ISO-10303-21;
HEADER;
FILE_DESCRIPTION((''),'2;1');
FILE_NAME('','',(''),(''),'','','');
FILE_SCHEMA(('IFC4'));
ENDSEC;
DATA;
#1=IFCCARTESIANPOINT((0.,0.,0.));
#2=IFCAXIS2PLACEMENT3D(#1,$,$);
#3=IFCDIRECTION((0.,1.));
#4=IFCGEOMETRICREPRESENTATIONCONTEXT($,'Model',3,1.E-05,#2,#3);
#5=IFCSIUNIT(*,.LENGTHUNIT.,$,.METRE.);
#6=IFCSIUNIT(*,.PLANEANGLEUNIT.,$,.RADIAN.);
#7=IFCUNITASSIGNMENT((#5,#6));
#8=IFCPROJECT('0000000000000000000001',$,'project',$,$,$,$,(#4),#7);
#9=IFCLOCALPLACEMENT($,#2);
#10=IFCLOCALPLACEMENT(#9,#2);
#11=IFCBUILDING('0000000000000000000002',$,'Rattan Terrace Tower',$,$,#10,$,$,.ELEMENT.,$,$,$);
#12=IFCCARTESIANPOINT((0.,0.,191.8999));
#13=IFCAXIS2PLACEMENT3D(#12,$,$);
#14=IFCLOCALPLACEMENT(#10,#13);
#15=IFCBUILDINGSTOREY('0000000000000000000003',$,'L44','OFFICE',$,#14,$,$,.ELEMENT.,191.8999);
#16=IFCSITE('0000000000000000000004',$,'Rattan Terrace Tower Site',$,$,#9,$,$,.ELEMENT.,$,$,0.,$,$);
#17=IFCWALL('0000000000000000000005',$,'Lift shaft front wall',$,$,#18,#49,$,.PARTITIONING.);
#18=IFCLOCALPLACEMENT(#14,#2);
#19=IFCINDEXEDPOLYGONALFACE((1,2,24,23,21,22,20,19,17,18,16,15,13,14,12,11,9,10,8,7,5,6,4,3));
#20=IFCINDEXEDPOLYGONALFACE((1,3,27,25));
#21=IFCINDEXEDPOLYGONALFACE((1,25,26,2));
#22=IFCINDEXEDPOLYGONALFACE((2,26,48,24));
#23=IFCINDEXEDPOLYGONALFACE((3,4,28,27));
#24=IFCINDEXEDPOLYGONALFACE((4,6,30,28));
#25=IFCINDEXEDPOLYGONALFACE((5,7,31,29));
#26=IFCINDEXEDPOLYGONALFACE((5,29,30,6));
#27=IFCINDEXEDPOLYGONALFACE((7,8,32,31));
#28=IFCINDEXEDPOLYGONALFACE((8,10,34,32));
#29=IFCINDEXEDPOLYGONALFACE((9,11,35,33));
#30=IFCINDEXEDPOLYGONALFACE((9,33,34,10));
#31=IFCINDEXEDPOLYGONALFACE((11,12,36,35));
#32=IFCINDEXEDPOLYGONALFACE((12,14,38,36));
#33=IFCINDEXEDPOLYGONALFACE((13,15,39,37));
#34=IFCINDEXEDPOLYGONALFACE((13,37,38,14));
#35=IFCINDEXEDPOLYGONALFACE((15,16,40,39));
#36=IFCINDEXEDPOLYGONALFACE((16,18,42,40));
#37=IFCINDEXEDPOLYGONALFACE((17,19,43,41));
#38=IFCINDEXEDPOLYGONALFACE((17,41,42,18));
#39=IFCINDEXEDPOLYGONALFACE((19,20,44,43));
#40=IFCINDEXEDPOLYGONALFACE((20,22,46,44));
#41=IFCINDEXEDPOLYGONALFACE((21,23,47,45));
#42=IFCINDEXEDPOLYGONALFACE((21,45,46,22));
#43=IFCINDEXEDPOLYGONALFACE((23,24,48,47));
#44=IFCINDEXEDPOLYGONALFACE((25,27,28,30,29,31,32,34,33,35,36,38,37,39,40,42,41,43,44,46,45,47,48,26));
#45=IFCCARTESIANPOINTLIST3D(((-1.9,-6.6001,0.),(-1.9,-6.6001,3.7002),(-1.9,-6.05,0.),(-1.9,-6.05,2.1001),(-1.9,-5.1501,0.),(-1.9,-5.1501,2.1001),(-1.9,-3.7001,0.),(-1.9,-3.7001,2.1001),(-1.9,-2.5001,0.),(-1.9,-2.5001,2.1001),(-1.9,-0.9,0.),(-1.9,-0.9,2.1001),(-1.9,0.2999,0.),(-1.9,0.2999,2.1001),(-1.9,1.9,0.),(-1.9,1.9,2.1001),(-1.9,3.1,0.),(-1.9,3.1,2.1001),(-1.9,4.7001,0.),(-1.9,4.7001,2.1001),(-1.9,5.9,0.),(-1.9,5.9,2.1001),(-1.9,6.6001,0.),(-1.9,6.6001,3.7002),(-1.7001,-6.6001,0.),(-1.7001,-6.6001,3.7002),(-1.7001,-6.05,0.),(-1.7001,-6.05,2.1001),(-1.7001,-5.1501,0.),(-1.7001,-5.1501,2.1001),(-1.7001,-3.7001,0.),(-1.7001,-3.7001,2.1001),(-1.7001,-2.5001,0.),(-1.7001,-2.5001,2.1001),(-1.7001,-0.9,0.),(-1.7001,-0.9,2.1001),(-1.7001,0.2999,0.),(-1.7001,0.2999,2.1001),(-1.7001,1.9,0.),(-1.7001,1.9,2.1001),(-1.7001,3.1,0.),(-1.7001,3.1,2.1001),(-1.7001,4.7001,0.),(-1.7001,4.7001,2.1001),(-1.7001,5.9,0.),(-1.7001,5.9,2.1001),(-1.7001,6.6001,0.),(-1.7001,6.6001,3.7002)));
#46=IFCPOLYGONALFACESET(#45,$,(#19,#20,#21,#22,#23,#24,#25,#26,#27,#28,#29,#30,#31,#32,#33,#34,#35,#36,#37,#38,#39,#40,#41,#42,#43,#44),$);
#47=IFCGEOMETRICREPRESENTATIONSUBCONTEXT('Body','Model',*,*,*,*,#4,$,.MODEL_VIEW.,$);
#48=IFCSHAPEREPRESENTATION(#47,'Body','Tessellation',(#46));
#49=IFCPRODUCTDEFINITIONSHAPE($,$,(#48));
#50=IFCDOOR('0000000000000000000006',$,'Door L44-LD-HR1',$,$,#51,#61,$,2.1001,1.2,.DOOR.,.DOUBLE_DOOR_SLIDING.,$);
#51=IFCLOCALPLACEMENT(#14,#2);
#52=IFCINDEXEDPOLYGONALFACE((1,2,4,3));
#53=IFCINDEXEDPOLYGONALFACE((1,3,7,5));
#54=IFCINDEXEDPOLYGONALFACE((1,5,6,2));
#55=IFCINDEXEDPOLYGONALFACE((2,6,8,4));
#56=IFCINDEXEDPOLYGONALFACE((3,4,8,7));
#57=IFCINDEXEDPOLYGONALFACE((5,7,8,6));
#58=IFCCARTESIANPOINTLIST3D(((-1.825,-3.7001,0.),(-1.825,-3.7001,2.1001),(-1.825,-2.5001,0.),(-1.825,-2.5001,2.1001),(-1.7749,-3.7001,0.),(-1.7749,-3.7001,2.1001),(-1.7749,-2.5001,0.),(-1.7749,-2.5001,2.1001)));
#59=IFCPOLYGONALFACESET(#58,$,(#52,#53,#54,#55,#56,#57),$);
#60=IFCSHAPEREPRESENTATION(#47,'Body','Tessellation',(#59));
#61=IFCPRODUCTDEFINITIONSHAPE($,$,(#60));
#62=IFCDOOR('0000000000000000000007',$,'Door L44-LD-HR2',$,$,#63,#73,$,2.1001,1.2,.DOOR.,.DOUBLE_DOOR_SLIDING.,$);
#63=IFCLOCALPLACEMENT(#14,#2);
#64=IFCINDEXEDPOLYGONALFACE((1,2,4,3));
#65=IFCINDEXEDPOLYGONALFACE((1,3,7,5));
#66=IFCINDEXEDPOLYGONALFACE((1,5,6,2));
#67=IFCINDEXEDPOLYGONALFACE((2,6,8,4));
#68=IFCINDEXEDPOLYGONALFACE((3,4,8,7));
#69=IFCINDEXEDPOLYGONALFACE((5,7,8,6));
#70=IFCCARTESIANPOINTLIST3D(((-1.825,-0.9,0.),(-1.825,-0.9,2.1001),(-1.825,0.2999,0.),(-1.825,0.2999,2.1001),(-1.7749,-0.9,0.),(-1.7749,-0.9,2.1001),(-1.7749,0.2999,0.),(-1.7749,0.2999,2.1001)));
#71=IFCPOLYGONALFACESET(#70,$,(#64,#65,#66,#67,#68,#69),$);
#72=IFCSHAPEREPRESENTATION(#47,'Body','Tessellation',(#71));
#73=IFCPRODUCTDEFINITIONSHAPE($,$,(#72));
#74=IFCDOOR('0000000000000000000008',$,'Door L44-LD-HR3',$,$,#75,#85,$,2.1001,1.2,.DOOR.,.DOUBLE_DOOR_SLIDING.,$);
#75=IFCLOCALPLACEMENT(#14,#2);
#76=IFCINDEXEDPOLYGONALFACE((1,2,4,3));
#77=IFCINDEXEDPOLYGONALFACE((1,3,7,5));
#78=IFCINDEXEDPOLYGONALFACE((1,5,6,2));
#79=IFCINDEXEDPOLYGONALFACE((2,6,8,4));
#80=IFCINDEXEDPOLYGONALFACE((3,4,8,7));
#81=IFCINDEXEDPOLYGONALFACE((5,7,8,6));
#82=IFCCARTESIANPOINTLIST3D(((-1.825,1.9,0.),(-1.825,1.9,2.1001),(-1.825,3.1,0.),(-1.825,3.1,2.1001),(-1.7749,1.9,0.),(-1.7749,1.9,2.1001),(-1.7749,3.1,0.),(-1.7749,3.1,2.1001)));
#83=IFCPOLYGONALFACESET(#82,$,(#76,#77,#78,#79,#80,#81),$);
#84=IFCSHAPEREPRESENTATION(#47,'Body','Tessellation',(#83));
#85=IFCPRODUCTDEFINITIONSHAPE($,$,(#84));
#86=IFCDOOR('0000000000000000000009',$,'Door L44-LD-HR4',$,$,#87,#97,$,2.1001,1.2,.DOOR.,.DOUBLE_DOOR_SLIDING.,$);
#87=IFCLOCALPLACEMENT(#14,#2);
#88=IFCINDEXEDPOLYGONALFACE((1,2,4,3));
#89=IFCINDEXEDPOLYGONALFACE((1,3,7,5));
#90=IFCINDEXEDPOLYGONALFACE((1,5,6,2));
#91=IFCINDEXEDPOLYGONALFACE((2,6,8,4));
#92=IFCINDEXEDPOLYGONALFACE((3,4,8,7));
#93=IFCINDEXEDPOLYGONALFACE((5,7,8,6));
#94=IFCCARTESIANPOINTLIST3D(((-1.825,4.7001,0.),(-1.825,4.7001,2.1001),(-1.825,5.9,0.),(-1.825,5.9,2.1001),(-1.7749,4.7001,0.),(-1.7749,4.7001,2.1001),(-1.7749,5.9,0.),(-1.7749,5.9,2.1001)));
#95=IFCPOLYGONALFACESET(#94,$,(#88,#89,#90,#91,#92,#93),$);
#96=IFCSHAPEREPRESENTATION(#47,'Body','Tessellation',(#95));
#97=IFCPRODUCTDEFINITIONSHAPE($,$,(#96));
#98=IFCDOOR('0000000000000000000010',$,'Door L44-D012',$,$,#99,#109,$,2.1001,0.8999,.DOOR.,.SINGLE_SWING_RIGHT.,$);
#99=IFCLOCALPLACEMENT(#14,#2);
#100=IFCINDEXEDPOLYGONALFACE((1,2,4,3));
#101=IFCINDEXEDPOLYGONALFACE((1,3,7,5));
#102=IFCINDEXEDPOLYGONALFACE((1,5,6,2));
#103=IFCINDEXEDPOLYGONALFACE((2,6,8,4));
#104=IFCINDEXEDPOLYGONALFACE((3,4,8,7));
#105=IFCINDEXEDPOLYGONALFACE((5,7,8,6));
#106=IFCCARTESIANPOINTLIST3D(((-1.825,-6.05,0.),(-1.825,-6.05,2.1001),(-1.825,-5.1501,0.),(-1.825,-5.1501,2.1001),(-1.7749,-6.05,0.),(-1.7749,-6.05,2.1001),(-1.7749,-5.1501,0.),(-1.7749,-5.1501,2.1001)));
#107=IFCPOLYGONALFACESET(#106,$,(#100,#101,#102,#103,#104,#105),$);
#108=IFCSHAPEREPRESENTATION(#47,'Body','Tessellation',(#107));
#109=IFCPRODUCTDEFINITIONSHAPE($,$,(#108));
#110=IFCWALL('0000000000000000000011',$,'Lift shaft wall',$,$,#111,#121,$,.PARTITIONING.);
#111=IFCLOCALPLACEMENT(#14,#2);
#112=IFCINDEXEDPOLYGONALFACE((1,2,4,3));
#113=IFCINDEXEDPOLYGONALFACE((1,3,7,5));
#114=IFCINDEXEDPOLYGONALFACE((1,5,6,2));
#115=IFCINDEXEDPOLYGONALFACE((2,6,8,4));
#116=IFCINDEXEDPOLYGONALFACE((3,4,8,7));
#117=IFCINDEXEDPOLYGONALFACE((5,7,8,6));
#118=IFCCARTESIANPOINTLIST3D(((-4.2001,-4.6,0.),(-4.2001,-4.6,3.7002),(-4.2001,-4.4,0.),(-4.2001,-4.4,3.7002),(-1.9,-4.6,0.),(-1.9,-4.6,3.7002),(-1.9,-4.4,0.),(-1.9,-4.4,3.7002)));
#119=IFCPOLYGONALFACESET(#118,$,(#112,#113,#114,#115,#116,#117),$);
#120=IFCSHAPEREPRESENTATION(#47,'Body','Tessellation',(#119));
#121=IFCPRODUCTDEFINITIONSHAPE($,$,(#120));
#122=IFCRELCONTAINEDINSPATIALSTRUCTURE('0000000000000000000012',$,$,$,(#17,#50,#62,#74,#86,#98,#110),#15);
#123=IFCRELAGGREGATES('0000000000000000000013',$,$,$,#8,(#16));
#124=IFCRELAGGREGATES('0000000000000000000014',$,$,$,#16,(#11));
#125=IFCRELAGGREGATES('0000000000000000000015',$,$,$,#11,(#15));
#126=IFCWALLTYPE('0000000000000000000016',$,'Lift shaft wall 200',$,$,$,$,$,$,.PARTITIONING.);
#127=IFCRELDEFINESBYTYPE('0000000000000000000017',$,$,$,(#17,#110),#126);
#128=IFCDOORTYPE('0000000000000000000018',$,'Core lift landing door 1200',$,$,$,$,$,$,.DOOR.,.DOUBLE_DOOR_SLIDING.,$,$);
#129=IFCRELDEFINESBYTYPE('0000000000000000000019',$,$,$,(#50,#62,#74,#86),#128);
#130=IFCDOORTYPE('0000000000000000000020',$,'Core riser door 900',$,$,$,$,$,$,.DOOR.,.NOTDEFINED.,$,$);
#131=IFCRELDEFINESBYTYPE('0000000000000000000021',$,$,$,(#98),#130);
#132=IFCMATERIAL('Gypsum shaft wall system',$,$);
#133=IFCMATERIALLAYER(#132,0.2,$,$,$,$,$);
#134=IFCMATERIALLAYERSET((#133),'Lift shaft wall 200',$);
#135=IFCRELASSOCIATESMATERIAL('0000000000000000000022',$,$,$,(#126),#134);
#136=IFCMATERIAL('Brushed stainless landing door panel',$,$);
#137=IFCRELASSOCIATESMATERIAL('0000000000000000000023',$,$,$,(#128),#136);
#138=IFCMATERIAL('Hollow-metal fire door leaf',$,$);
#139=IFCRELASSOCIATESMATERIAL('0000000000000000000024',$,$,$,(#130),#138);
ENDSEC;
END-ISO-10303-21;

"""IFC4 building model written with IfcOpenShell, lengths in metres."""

from ifc_helpers import new_model, si_unit, direction, frame, frame_2d, origin, place, context, subcontext, project, spatial, rectangle, extrude, material, layer, layer_set, type_object, element, fill, save


model = new_model("IFC4")

# Units and contexts
model_context = context("Model", 3, precision=1e-05, world=origin(), true_north=direction((0.0, 1.0)))
body_context = subcontext(model_context, "Body", "Model", "MODEL_VIEW")
ifc_project = project(units=[si_unit("LENGTHUNIT", "METRE"), si_unit("PLANEANGLEUNIT", "RADIAN")], contexts=[model_context])

# Site, building, storey
site_placement = place(None, origin())
site = spatial("IfcSite", under=ifc_project, at=site_placement, Name="Rattan Terrace Tower Site", CompositionType="ELEMENT", RefElevation=0.0)
building_placement = place(site_placement, origin())
building = spatial("IfcBuilding", under=site, at=building_placement, Name="Rattan Terrace Tower", CompositionType="ELEMENT")
storey_placement = place(building_placement, frame((0.0, 0.0, 191.8999)))
storey = spatial("IfcBuildingStorey", under=building, at=storey_placement, Name="L44", Description="OFFICE", CompositionType="ELEMENT", Elevation=191.8999)

# Wall, openings, doors
ifc_material_1 = material(Name="Gypsum shaft wall system")
ifc_layer_1 = layer(ifc_material_1, 0.2)
ifc_layer_set_1 = layer_set([ifc_layer_1], Name="Lift shaft wall 200")
wall_type_1 = type_object("IfcWallType", Name="Lift shaft wall 200", PredefinedType="PARTITIONING", material=ifc_layer_set_1)
wall_1_placement = place(storey_placement, frame((-1.8, -6.6001, 0.0), z_axis=(0.0, 0.0, 1.0), x_axis=(0.0, 1.0, 0.0)))
wall_1 = element("IfcWall", 1, at=wall_1_placement, inside=storey, type_object=wall_type_1, Name="Lift shaft front wall", PredefinedType="PARTITIONING", context=body_context, shape_type="SweptSolid", body=[
    extrude(rectangle(XDim=13.2002, YDim=0.2, at=frame_2d((6.6001, 0.0))), origin(), (0.0, 0.0, 1.0), 3.7002),
])
opening_1_placement = place(wall_1_placement, frame((0.55, 0.0, 0.0)))
opening_1 = element("IfcOpeningElement", 2, at=opening_1_placement, cuts=wall_1, PredefinedType="OPENING", context=body_context, shape_type="SweptSolid", body=[
    extrude(rectangle(XDim=0.8999, YDim=2.1001, at=frame_2d((0.45, 1.05))), frame((0.0, 0.1106, 0.0), z_axis=(0.0, -1.0, 0.0), x_axis=(1.0, 0.0, 0.0)), (0.0, 0.0, 1.0), 0.2209),
])
opening_2_placement = place(wall_1_placement, frame((2.8999, 0.0, 0.0)))
opening_2 = element("IfcOpeningElement", 3, at=opening_2_placement, cuts=wall_1, PredefinedType="OPENING", context=body_context, shape_type="SweptSolid", body=[
    extrude(rectangle(XDim=1.2, YDim=2.1001, at=frame_2d((0.6001, 1.05))), frame((0.0, 0.1106, 0.0), z_axis=(0.0, -1.0, 0.0), x_axis=(1.0, 0.0, 0.0)), (0.0, 0.0, 1.0), 0.2209),
])
opening_3_placement = place(wall_1_placement, frame((5.7, 0.0, 0.0)))
opening_3 = element("IfcOpeningElement", 4, at=opening_3_placement, cuts=wall_1, PredefinedType="OPENING", context=body_context, shape_type="SweptSolid", body=[
    extrude(rectangle(XDim=1.2, YDim=2.1001, at=frame_2d((0.6001, 1.05))), frame((0.0, 0.1106, 0.0), z_axis=(0.0, -1.0, 0.0), x_axis=(1.0, 0.0, 0.0)), (0.0, 0.0, 1.0), 0.2209),
])
opening_4_placement = place(wall_1_placement, frame((8.5, 0.0, 0.0)))
opening_4 = element("IfcOpeningElement", 5, at=opening_4_placement, cuts=wall_1, PredefinedType="OPENING", context=body_context, shape_type="SweptSolid", body=[
    extrude(rectangle(XDim=1.2, YDim=2.1001, at=frame_2d((0.6001, 1.05))), frame((0.0, 0.1106, 0.0), z_axis=(0.0, -1.0, 0.0), x_axis=(1.0, 0.0, 0.0)), (0.0, 0.0, 1.0), 0.2209),
])
opening_5_placement = place(wall_1_placement, frame((11.3, 0.0, 0.0)))
opening_5 = element("IfcOpeningElement", 6, at=opening_5_placement, cuts=wall_1, PredefinedType="OPENING", context=body_context, shape_type="SweptSolid", body=[
    extrude(rectangle(XDim=1.2, YDim=2.1001, at=frame_2d((0.6001, 1.05))), frame((0.0, 0.1106, 0.0), z_axis=(0.0, -1.0, 0.0), x_axis=(1.0, 0.0, 0.0)), (0.0, 0.0, 1.0), 0.2209),
])
ifc_material_2 = material(Name="Brushed stainless landing door panel")
door_type_1 = type_object("IfcDoorType", Name="Core lift landing door 1200", OperationType="DOUBLE_DOOR_SLIDING", PredefinedType="DOOR", material=ifc_material_2)
door_1_placement = place(opening_2_placement, origin())
door_1 = element("IfcDoor", 7, at=door_1_placement, inside=storey, type_object=door_type_1, Name="Door L44-LD-HR1", OperationType="DOUBLE_DOOR_SLIDING", OverallHeight=2.1001, OverallWidth=1.2, PredefinedType="DOOR", context=body_context, shape_type="SweptSolid", body=[
    extrude(rectangle(XDim=1.2, YDim=2.1001, at=frame_2d((0.6001, 1.05))), frame((0.0, 0.0249, 0.0), z_axis=(0.0, -1.0, 0.0), x_axis=(1.0, 0.0, 0.0)), (0.0, 0.0, 1.0), 0.05),
])
fill(opening_2, door_1)
door_2_placement = place(opening_3_placement, origin())
door_2 = element("IfcDoor", 8, at=door_2_placement, inside=storey, type_object=door_type_1, Name="Door L44-LD-HR2", OperationType="DOUBLE_DOOR_SLIDING", OverallHeight=2.1001, OverallWidth=1.2, PredefinedType="DOOR", context=body_context, shape_type="SweptSolid", body=[
    extrude(rectangle(XDim=1.2, YDim=2.1001, at=frame_2d((0.6001, 1.05))), frame((0.0, 0.0249, 0.0), z_axis=(0.0, -1.0, 0.0), x_axis=(1.0, 0.0, 0.0)), (0.0, 0.0, 1.0), 0.05),
])
fill(opening_3, door_2)
door_3_placement = place(opening_4_placement, origin())
door_3 = element("IfcDoor", 9, at=door_3_placement, inside=storey, type_object=door_type_1, Name="Door L44-LD-HR3", OperationType="DOUBLE_DOOR_SLIDING", OverallHeight=2.1001, OverallWidth=1.2, PredefinedType="DOOR", context=body_context, shape_type="SweptSolid", body=[
    extrude(rectangle(XDim=1.2, YDim=2.1001, at=frame_2d((0.6001, 1.05))), frame((0.0, 0.0249, 0.0), z_axis=(0.0, -1.0, 0.0), x_axis=(1.0, 0.0, 0.0)), (0.0, 0.0, 1.0), 0.05),
])
fill(opening_4, door_3)
door_4_placement = place(opening_5_placement, origin())
door_4 = element("IfcDoor", 10, at=door_4_placement, inside=storey, type_object=door_type_1, Name="Door L44-LD-HR4", OperationType="DOUBLE_DOOR_SLIDING", OverallHeight=2.1001, OverallWidth=1.2, PredefinedType="DOOR", context=body_context, shape_type="SweptSolid", body=[
    extrude(rectangle(XDim=1.2, YDim=2.1001, at=frame_2d((0.6001, 1.05))), frame((0.0, 0.0249, 0.0), z_axis=(0.0, -1.0, 0.0), x_axis=(1.0, 0.0, 0.0)), (0.0, 0.0, 1.0), 0.05),
])
fill(opening_5, door_4)
ifc_material_3 = material(Name="Hollow-metal fire door leaf")
door_type_2 = type_object("IfcDoorType", Name="Core riser door 900", OperationType="NOTDEFINED", PredefinedType="DOOR", material=ifc_material_3)
door_5_placement = place(opening_1_placement, origin())
door_5 = element("IfcDoor", 11, at=door_5_placement, inside=storey, type_object=door_type_2, Name="Door L44-D012", OperationType="SINGLE_SWING_RIGHT", OverallHeight=2.1001, OverallWidth=0.8999, PredefinedType="DOOR", context=body_context, shape_type="SweptSolid", body=[
    extrude(rectangle(XDim=0.8999, YDim=2.1001, at=frame_2d((0.45, 1.05))), frame((0.0, 0.0249, 0.0), z_axis=(0.0, -1.0, 0.0), x_axis=(1.0, 0.0, 0.0)), (0.0, 0.0, 1.0), 0.05),
])
fill(opening_1, door_5)

# Wall
wall_2_placement = place(storey_placement, frame((-4.2, -4.5, 0.0), z_axis=(0.0, 0.0, 1.0), x_axis=(1.0, 0.0, 0.0)))
element("IfcWall", 12, at=wall_2_placement, inside=storey, type_object=wall_type_1, Name="Lift shaft wall", PredefinedType="PARTITIONING", context=body_context, shape_type="SweptSolid", body=[
    extrude(rectangle(XDim=2.3, YDim=0.2, at=frame_2d((1.1499, 0.0))), origin(), (0.0, 0.0, 1.0), 3.7002),
])

save(model, "model.ifc")
